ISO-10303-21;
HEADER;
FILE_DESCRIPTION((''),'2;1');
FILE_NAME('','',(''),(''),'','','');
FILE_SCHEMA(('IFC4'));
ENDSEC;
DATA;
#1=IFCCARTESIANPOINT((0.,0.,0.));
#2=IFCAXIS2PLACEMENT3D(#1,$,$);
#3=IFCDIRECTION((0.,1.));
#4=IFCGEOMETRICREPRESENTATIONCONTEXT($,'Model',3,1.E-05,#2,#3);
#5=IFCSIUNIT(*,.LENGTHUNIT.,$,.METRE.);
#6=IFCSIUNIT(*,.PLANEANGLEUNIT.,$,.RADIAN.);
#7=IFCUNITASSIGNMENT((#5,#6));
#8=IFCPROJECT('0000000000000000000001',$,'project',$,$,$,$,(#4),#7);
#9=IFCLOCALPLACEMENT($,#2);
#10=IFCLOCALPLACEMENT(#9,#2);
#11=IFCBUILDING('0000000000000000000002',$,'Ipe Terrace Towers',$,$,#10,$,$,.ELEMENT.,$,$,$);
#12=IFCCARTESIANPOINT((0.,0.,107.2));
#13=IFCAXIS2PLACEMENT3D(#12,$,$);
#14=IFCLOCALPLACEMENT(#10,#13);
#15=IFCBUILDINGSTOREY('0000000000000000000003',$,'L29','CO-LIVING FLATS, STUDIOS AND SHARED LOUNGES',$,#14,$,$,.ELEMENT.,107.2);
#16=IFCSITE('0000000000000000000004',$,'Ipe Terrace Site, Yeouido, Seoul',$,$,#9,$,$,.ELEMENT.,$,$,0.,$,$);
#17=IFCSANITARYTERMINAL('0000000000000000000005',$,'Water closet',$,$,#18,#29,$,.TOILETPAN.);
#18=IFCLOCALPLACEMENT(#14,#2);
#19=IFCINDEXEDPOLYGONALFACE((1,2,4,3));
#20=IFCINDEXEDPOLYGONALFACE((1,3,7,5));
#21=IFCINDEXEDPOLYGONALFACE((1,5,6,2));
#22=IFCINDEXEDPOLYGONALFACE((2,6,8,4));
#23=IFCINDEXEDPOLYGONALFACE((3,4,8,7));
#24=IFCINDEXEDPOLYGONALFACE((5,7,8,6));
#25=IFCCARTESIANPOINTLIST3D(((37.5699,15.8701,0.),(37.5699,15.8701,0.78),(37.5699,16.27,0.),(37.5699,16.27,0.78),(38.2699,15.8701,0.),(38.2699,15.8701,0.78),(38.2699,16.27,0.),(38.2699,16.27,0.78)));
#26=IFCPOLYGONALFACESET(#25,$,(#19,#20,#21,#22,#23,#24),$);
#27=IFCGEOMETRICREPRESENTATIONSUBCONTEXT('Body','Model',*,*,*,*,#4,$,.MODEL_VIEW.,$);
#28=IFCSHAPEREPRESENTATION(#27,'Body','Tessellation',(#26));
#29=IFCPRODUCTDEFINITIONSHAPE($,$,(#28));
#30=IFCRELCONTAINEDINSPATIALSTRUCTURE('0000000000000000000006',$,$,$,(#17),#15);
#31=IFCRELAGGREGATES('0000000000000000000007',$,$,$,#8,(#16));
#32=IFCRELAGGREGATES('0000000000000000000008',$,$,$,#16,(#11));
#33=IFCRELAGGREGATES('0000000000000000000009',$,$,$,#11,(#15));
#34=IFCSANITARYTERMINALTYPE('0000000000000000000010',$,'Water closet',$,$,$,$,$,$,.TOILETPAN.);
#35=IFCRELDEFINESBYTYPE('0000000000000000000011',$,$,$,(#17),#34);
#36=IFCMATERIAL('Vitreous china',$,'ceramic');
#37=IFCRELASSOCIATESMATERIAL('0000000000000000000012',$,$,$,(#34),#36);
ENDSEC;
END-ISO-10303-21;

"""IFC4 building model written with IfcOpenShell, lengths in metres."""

from ifc_helpers import new_model, si_unit, direction, frame, origin, origin_2d, place, context, subcontext, project, spatial, rectangle, extrude, material, type_object, element, save


model = new_model("IFC4")

# Units and contexts
model_context = context("Model", 3, precision=1e-05, world=origin(), true_north=direction((0.0, 1.0)))
body_context = subcontext(model_context, "Body", "Model", "MODEL_VIEW")
ifc_project = project(units=[si_unit("LENGTHUNIT", "METRE"), si_unit("PLANEANGLEUNIT", "RADIAN")], contexts=[model_context])

# Site, building, storey
site_placement = place(None, origin())
site = spatial("IfcSite", under=ifc_project, at=site_placement, Name="Ipe Terrace Site, Yeouido, Seoul", CompositionType="ELEMENT", RefElevation=0.0)
building_placement = place(site_placement, origin())
building = spatial("IfcBuilding", under=site, at=building_placement, Name="Ipe Terrace Towers", CompositionType="ELEMENT")
storey_placement = place(building_placement, frame((0.0, 0.0, 107.2)))
storey = spatial("IfcBuildingStorey", under=building, at=storey_placement, Name="L29", Description="CO-LIVING FLATS, STUDIOS AND SHARED LOUNGES", CompositionType="ELEMENT", Elevation=107.2)

# Sanitary terminal
ifc_material_1 = material(Name="Vitreous china", Category="ceramic")
sanitary_terminal_type_1 = type_object("IfcSanitaryTerminalType", Name="Water closet", PredefinedType="TOILETPAN", material=ifc_material_1)
sanitary_terminal_1_placement = place(storey_placement, frame((37.9199, 16.0701, 0.0), z_axis=(0.0, 0.0, 1.0), x_axis=(1.0, 0.0, 0.0)))
element("IfcSanitaryTerminal", 1, at=sanitary_terminal_1_placement, inside=storey, type_object=sanitary_terminal_type_1, Name="Water closet", PredefinedType="TOILETPAN", context=body_context, shape_type="SweptSolid", body=[
    extrude(rectangle(XDim=0.7, YDim=0.3999, at=origin_2d()), origin(), (0.0, 0.0, 1.0), 0.78),
])

save(model, "model.ifc")
